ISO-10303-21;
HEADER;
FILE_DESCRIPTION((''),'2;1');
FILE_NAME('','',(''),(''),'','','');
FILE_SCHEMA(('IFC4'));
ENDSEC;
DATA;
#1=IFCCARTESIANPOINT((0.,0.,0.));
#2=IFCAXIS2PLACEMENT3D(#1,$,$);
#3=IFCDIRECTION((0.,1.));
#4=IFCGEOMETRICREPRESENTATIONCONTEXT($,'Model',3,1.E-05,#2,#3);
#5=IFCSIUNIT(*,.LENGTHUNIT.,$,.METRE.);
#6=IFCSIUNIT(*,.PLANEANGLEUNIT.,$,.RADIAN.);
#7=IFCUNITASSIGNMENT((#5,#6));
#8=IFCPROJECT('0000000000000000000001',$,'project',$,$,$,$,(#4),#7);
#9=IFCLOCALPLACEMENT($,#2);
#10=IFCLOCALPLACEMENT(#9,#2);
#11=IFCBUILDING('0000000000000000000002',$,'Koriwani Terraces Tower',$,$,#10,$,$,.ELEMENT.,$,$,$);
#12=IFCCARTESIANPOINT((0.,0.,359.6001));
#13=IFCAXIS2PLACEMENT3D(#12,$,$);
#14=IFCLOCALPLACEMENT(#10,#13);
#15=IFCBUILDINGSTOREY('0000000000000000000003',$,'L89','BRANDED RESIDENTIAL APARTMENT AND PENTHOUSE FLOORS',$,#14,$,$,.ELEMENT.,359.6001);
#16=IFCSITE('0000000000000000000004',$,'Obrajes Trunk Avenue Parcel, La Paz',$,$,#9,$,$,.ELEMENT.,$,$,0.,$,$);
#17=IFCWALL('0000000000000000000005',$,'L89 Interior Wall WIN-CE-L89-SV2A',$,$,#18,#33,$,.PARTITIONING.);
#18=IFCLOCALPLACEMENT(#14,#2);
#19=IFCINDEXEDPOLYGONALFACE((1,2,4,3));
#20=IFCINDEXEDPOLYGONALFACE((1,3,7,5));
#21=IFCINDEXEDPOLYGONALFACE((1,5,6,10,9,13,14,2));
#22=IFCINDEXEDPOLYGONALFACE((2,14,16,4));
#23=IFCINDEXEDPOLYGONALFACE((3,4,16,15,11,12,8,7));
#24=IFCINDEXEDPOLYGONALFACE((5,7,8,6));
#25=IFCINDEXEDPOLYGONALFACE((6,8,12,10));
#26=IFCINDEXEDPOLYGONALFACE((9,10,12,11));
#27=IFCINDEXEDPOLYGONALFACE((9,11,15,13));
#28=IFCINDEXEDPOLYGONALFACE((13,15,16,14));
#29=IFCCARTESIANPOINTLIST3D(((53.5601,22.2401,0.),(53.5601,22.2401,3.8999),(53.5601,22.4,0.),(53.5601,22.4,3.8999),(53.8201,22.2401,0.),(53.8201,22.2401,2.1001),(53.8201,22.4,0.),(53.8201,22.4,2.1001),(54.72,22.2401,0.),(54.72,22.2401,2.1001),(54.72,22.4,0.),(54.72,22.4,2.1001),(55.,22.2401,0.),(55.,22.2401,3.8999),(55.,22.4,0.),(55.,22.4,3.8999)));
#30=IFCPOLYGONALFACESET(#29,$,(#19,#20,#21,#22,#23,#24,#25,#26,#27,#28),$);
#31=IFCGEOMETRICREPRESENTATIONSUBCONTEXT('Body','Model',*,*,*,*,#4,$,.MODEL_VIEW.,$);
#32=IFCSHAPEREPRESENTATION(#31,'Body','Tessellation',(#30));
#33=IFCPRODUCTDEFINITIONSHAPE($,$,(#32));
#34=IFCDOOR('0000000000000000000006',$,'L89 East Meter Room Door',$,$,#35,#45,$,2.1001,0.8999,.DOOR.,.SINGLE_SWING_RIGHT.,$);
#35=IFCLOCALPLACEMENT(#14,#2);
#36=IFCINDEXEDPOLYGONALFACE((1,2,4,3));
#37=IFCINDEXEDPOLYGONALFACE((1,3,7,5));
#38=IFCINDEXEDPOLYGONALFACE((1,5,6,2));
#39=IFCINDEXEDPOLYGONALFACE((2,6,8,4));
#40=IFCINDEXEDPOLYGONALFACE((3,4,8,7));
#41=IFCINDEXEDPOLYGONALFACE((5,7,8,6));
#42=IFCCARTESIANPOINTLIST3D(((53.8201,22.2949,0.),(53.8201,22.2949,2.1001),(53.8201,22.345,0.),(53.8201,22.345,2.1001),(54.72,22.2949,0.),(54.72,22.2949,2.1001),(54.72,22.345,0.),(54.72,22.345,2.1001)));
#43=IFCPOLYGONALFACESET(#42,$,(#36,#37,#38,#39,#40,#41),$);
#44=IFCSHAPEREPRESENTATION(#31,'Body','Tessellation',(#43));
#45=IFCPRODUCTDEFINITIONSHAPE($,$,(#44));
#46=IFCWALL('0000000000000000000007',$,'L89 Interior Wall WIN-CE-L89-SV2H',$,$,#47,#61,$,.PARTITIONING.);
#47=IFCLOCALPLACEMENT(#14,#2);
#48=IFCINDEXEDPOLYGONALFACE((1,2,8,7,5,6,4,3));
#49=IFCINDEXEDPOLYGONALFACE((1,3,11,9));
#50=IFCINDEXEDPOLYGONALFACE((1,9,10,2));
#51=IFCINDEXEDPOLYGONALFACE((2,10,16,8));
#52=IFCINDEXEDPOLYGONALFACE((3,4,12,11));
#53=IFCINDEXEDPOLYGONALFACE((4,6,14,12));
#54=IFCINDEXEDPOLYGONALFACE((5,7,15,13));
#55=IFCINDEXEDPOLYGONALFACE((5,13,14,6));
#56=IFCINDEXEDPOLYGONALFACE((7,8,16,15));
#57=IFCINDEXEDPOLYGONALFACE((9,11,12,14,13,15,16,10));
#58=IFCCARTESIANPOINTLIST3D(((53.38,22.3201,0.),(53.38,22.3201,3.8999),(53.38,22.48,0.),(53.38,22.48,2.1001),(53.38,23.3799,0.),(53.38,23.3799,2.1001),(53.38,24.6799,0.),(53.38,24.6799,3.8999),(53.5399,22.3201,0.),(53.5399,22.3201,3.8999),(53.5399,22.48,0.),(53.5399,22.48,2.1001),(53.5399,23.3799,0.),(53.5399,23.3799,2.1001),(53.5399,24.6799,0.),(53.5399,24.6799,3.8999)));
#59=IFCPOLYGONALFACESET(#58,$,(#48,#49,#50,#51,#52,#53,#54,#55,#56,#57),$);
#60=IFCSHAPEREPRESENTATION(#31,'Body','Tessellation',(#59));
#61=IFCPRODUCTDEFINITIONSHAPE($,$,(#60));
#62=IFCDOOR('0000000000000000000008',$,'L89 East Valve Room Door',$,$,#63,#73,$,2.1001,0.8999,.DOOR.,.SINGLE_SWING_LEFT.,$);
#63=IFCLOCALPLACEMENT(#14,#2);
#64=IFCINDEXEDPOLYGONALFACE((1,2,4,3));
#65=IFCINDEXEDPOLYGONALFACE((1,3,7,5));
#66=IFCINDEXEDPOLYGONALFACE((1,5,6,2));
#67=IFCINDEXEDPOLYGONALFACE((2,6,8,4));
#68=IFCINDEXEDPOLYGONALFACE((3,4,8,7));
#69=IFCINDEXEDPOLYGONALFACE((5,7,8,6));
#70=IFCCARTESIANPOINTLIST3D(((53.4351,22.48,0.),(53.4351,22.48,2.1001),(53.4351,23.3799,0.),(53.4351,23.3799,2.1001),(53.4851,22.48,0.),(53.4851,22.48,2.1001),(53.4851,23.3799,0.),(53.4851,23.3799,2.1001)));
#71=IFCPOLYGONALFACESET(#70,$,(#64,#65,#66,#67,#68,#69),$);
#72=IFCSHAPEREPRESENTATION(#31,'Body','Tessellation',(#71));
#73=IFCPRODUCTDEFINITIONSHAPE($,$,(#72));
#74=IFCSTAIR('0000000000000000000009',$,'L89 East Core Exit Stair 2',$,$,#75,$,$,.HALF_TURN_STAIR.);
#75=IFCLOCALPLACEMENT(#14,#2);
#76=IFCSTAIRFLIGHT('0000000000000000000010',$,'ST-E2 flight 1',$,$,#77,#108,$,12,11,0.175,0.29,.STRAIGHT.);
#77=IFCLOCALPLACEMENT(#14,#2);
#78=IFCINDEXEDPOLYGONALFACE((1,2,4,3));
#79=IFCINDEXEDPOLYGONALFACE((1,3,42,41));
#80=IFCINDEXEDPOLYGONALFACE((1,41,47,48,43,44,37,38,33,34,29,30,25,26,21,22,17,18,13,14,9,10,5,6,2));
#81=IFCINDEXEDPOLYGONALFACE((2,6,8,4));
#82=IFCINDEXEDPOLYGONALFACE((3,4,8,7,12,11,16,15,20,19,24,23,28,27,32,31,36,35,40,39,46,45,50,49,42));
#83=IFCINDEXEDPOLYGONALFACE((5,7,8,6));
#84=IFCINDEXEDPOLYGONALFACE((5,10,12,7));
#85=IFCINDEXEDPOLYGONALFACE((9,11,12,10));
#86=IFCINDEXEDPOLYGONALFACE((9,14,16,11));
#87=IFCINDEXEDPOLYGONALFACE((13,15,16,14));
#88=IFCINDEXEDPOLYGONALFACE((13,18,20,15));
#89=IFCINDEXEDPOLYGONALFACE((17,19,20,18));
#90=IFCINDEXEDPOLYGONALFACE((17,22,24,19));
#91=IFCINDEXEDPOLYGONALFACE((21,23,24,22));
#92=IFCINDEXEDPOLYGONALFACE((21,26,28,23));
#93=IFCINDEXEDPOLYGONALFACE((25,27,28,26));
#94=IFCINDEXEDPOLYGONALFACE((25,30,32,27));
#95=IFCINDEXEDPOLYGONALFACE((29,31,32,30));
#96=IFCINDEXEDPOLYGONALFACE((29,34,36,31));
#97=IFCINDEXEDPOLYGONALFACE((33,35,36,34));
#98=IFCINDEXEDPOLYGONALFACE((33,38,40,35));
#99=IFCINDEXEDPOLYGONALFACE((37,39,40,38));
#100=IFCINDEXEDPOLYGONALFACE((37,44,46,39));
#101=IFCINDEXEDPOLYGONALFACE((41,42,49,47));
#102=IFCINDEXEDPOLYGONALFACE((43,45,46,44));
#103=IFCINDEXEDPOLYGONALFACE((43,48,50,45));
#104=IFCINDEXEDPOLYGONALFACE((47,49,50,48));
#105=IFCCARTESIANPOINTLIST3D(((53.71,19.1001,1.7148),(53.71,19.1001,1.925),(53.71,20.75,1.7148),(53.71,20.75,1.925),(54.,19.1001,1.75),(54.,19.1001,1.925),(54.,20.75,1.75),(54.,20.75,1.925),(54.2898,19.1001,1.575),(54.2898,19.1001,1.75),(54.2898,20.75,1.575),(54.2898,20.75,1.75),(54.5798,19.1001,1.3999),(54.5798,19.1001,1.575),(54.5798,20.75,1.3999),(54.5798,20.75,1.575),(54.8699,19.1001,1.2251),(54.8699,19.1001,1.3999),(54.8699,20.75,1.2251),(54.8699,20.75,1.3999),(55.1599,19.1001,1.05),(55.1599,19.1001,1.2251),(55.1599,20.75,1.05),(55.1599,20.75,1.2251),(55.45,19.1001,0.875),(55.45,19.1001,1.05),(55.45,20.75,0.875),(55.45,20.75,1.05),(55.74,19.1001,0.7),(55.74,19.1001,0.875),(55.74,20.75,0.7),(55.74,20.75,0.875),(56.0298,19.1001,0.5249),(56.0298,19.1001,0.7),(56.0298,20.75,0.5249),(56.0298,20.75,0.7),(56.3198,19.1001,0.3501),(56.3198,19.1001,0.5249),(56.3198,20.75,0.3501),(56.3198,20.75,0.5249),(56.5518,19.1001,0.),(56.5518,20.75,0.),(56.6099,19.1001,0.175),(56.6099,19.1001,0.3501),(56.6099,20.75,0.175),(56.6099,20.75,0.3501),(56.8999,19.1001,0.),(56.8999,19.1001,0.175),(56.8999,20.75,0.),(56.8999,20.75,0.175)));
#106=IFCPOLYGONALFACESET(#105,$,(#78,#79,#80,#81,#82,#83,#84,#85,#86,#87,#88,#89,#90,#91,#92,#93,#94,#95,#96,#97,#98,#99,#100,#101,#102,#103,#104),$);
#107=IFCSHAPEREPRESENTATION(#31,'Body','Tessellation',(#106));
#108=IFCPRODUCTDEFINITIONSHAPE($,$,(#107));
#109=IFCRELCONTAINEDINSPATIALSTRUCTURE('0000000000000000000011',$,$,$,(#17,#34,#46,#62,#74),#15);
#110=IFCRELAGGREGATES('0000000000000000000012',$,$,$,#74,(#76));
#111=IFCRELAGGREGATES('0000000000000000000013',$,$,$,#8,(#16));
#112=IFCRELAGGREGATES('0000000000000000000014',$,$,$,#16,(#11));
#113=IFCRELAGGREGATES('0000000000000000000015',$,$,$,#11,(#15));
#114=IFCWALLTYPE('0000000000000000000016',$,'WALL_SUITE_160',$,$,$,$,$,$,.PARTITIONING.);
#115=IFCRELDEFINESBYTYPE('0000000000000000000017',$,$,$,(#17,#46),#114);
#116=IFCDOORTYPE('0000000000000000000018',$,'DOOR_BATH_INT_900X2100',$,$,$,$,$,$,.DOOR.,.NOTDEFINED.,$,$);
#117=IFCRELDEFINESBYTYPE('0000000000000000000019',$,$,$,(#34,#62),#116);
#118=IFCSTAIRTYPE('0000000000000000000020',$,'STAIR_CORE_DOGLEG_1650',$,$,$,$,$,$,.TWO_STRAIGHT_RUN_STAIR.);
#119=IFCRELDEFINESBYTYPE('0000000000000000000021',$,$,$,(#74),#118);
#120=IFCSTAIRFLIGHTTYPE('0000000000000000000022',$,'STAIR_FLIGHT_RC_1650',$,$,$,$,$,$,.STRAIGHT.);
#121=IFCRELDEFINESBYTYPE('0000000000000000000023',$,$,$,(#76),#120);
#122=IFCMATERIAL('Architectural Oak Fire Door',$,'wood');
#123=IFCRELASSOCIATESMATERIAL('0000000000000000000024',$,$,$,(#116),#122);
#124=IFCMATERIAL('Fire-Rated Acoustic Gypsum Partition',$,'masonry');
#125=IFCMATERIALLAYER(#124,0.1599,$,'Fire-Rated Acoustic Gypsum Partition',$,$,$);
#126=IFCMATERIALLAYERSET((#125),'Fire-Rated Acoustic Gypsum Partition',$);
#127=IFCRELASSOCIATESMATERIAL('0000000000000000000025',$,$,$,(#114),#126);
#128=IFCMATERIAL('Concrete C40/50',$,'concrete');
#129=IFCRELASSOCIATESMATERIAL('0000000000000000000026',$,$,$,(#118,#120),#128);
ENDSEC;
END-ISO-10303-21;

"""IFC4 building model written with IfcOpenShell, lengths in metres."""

from ifc_helpers import new_model, si_unit, direction, frame, frame_2d, origin, place, context, subcontext, project, spatial, polyline, rectangle, outline, extrude, material, layer, layer_set, type_object, element, fill, aggregate, save


model = new_model("IFC4")

# Units and contexts
model_context = context("Model", 3, precision=1e-05, world=origin(), true_north=direction((0.0, 1.0)))
body_context = subcontext(model_context, "Body", "Model", "MODEL_VIEW")
ifc_project = project(units=[si_unit("LENGTHUNIT", "METRE"), si_unit("PLANEANGLEUNIT", "RADIAN")], contexts=[model_context])

# Site, building, storey
site_placement = place(None, origin())
site = spatial("IfcSite", under=ifc_project, at=site_placement, Name="Obrajes Trunk Avenue Parcel, La Paz", CompositionType="ELEMENT", RefElevation=0.0)
building_placement = place(site_placement, origin())
building = spatial("IfcBuilding", under=site, at=building_placement, Name="Koriwani Terraces Tower", CompositionType="ELEMENT")
storey_placement = place(building_placement, frame((0.0, 0.0, 359.6001)))
storey = spatial("IfcBuildingStorey", under=building, at=storey_placement, Name="L89", Description="BRANDED RESIDENTIAL APARTMENT AND PENTHOUSE FLOORS", CompositionType="ELEMENT", Elevation=359.6001)

# Shared definitions
ifc_material_1 = material(Name="Concrete C40/50", Category="concrete")

# Shared definitions
ifc_material_2 = material(Name="Fire-Rated Acoustic Gypsum Partition", Category="masonry")
ifc_material_3 = material(Name="Architectural Oak Fire Door", Category="wood")
door_type_1 = type_object("IfcDoorType", Name="DOOR_BATH_INT_900X2100", OperationType="NOTDEFINED", PredefinedType="DOOR", material=ifc_material_3)

# Walls, openings, doors
ifc_layer_1 = layer(ifc_material_2, 0.1599, Name="Fire-Rated Acoustic Gypsum Partition")
ifc_layer_set_1 = layer_set([ifc_layer_1], Name="Fire-Rated Acoustic Gypsum Partition")
wall_type_1 = type_object("IfcWallType", Name="WALL_SUITE_160", PredefinedType="PARTITIONING", material=ifc_layer_set_1)
wall_1_placement = place(storey_placement, frame((53.5601, 22.3201, 0.0), z_axis=(0.0, 0.0, 1.0), x_axis=(1.0, 0.0, 0.0)))
wall_1 = element("IfcWall", 1, at=wall_1_placement, inside=storey, type_object=wall_type_1, Name="L89 Interior Wall WIN-CE-L89-SV2A", PredefinedType="PARTITIONING", context=body_context, shape_type="SweptSolid", body=[
    extrude(rectangle(XDim=1.4399, YDim=0.1599, at=frame_2d((0.72, 0.0))), origin(), (0.0, 0.0, 1.0), 3.8999),
])
opening_1_placement = place(wall_1_placement, frame((0.26, 0.0, 0.0)))
opening_1 = element("IfcOpeningElement", 2, at=opening_1_placement, cuts=wall_1, PredefinedType="OPENING", context=body_context, shape_type="SweptSolid", body=[
    extrude(rectangle(XDim=0.8999, YDim=2.1001, at=frame_2d((0.45, 1.05))), frame((0.0, 0.0898, 0.0), z_axis=(0.0, -1.0, 0.0), x_axis=(1.0, 0.0, 0.0)), (0.0, 0.0, 1.0), 0.1799),
])
door_1_placement = place(opening_1_placement, origin())
door_1 = element("IfcDoor", 3, at=door_1_placement, inside=storey, type_object=door_type_1, Name="L89 East Meter Room Door", OperationType="SINGLE_SWING_RIGHT", OverallHeight=2.1001, OverallWidth=0.8999, PredefinedType="DOOR", context=body_context, shape_type="SweptSolid", body=[
    extrude(rectangle(XDim=0.8999, YDim=2.1001, at=frame_2d((0.45, 1.05))), frame((0.0, 0.0249, 0.0), z_axis=(0.0, -1.0, 0.0), x_axis=(1.0, 0.0, 0.0)), (0.0, 0.0, 1.0), 0.05),
])
fill(opening_1, door_1)
wall_2_placement = place(storey_placement, frame((53.46, 22.3201, 0.0), z_axis=(0.0, 0.0, 1.0), x_axis=(0.0, 1.0, 0.0)))
wall_2 = element("IfcWall", 4, at=wall_2_placement, inside=storey, type_object=wall_type_1, Name="L89 Interior Wall WIN-CE-L89-SV2H", PredefinedType="PARTITIONING", context=body_context, shape_type="SweptSolid", body=[
    extrude(rectangle(XDim=2.3599, YDim=0.1599, at=frame_2d((1.1799, 0.0))), origin(), (0.0, 0.0, 1.0), 3.8999),
])
opening_2_placement = place(wall_2_placement, frame((0.1599, 0.0, 0.0)))
opening_2 = element("IfcOpeningElement", 5, at=opening_2_placement, cuts=wall_2, PredefinedType="OPENING", context=body_context, shape_type="SweptSolid", body=[
    extrude(rectangle(XDim=0.8999, YDim=2.1001, at=frame_2d((0.45, 1.05))), frame((0.0, 0.0898, 0.0), z_axis=(0.0, -1.0, 0.0), x_axis=(1.0, 0.0, 0.0)), (0.0, 0.0, 1.0), 0.1799),
])
door_2_placement = place(opening_2_placement, origin())
door_2 = element("IfcDoor", 6, at=door_2_placement, inside=storey, type_object=door_type_1, Name="L89 East Valve Room Door", OperationType="SINGLE_SWING_LEFT", OverallHeight=2.1001, OverallWidth=0.8999, PredefinedType="DOOR", context=body_context, shape_type="SweptSolid", body=[
    extrude(rectangle(XDim=0.8999, YDim=2.1001, at=frame_2d((0.45, 1.05))), frame((0.0, 0.0249, 0.0), z_axis=(0.0, -1.0, 0.0), x_axis=(1.0, 0.0, 0.0)), (0.0, 0.0, 1.0), 0.05),
])
fill(opening_2, door_2)

# Stair, stair flight
stair_type = type_object("IfcStairType", Name="STAIR_CORE_DOGLEG_1650", PredefinedType="TWO_STRAIGHT_RUN_STAIR", material=ifc_material_1)
stair_placement = place(storey_placement, origin())
stair = element("IfcStair", 7, at=stair_placement, inside=storey, type_object=stair_type, Name="L89 East Core Exit Stair 2", PredefinedType="HALF_TURN_STAIR")
stair_flight_type = type_object("IfcStairFlightType", Name="STAIR_FLIGHT_RC_1650", PredefinedType="STRAIGHT", material=ifc_material_1)
stair_flight_placement = place(storey_placement, frame((56.8999, 19.925, 0.0), z_axis=(0.0, 0.0, 1.0), x_axis=(-1.0, 0.0, 0.0)))
stair_flight = element("IfcStairFlight", 8, at=stair_flight_placement, type_object=stair_flight_type, Name="ST-E2 flight 1", NumberOfRisers=12, NumberOfTreads=11, PredefinedType="STRAIGHT", RiserHeight=0.175, TreadLength=0.29, context=body_context, shape_type="SweptSolid", body=[
    extrude(outline(polyline([(0.0, 0.0), (0.0, 0.175), (0.29, 0.175), (0.29, 0.3501), (0.5801, 0.3501), (0.5801, 0.5249), (0.8701, 0.5249), (0.8701, 0.7), (1.1599, 0.7), (1.1599, 0.875), (1.45, 0.875), (1.45, 1.05), (1.74, 1.05), (1.74, 1.2251), (2.03, 1.2251), (2.03, 1.3999), (2.3201, 1.3999), (2.3201, 1.575), (2.6101, 1.575), (2.6101, 1.75), (2.8999, 1.75), (2.8999, 1.925), (3.1899, 1.925), (3.1899, 2.1001), (3.1899, 1.7148), (0.3481, 0.0), (0.0, 0.0)])), frame((0.0, 0.825, 0.0), z_axis=(0.0, -1.0, 0.0), x_axis=(1.0, 0.0, 0.0)), (0.0, 0.0, 1.0), 1.6499),
])
aggregate(stair, [stair_flight])

save(model, "model.ifc")
